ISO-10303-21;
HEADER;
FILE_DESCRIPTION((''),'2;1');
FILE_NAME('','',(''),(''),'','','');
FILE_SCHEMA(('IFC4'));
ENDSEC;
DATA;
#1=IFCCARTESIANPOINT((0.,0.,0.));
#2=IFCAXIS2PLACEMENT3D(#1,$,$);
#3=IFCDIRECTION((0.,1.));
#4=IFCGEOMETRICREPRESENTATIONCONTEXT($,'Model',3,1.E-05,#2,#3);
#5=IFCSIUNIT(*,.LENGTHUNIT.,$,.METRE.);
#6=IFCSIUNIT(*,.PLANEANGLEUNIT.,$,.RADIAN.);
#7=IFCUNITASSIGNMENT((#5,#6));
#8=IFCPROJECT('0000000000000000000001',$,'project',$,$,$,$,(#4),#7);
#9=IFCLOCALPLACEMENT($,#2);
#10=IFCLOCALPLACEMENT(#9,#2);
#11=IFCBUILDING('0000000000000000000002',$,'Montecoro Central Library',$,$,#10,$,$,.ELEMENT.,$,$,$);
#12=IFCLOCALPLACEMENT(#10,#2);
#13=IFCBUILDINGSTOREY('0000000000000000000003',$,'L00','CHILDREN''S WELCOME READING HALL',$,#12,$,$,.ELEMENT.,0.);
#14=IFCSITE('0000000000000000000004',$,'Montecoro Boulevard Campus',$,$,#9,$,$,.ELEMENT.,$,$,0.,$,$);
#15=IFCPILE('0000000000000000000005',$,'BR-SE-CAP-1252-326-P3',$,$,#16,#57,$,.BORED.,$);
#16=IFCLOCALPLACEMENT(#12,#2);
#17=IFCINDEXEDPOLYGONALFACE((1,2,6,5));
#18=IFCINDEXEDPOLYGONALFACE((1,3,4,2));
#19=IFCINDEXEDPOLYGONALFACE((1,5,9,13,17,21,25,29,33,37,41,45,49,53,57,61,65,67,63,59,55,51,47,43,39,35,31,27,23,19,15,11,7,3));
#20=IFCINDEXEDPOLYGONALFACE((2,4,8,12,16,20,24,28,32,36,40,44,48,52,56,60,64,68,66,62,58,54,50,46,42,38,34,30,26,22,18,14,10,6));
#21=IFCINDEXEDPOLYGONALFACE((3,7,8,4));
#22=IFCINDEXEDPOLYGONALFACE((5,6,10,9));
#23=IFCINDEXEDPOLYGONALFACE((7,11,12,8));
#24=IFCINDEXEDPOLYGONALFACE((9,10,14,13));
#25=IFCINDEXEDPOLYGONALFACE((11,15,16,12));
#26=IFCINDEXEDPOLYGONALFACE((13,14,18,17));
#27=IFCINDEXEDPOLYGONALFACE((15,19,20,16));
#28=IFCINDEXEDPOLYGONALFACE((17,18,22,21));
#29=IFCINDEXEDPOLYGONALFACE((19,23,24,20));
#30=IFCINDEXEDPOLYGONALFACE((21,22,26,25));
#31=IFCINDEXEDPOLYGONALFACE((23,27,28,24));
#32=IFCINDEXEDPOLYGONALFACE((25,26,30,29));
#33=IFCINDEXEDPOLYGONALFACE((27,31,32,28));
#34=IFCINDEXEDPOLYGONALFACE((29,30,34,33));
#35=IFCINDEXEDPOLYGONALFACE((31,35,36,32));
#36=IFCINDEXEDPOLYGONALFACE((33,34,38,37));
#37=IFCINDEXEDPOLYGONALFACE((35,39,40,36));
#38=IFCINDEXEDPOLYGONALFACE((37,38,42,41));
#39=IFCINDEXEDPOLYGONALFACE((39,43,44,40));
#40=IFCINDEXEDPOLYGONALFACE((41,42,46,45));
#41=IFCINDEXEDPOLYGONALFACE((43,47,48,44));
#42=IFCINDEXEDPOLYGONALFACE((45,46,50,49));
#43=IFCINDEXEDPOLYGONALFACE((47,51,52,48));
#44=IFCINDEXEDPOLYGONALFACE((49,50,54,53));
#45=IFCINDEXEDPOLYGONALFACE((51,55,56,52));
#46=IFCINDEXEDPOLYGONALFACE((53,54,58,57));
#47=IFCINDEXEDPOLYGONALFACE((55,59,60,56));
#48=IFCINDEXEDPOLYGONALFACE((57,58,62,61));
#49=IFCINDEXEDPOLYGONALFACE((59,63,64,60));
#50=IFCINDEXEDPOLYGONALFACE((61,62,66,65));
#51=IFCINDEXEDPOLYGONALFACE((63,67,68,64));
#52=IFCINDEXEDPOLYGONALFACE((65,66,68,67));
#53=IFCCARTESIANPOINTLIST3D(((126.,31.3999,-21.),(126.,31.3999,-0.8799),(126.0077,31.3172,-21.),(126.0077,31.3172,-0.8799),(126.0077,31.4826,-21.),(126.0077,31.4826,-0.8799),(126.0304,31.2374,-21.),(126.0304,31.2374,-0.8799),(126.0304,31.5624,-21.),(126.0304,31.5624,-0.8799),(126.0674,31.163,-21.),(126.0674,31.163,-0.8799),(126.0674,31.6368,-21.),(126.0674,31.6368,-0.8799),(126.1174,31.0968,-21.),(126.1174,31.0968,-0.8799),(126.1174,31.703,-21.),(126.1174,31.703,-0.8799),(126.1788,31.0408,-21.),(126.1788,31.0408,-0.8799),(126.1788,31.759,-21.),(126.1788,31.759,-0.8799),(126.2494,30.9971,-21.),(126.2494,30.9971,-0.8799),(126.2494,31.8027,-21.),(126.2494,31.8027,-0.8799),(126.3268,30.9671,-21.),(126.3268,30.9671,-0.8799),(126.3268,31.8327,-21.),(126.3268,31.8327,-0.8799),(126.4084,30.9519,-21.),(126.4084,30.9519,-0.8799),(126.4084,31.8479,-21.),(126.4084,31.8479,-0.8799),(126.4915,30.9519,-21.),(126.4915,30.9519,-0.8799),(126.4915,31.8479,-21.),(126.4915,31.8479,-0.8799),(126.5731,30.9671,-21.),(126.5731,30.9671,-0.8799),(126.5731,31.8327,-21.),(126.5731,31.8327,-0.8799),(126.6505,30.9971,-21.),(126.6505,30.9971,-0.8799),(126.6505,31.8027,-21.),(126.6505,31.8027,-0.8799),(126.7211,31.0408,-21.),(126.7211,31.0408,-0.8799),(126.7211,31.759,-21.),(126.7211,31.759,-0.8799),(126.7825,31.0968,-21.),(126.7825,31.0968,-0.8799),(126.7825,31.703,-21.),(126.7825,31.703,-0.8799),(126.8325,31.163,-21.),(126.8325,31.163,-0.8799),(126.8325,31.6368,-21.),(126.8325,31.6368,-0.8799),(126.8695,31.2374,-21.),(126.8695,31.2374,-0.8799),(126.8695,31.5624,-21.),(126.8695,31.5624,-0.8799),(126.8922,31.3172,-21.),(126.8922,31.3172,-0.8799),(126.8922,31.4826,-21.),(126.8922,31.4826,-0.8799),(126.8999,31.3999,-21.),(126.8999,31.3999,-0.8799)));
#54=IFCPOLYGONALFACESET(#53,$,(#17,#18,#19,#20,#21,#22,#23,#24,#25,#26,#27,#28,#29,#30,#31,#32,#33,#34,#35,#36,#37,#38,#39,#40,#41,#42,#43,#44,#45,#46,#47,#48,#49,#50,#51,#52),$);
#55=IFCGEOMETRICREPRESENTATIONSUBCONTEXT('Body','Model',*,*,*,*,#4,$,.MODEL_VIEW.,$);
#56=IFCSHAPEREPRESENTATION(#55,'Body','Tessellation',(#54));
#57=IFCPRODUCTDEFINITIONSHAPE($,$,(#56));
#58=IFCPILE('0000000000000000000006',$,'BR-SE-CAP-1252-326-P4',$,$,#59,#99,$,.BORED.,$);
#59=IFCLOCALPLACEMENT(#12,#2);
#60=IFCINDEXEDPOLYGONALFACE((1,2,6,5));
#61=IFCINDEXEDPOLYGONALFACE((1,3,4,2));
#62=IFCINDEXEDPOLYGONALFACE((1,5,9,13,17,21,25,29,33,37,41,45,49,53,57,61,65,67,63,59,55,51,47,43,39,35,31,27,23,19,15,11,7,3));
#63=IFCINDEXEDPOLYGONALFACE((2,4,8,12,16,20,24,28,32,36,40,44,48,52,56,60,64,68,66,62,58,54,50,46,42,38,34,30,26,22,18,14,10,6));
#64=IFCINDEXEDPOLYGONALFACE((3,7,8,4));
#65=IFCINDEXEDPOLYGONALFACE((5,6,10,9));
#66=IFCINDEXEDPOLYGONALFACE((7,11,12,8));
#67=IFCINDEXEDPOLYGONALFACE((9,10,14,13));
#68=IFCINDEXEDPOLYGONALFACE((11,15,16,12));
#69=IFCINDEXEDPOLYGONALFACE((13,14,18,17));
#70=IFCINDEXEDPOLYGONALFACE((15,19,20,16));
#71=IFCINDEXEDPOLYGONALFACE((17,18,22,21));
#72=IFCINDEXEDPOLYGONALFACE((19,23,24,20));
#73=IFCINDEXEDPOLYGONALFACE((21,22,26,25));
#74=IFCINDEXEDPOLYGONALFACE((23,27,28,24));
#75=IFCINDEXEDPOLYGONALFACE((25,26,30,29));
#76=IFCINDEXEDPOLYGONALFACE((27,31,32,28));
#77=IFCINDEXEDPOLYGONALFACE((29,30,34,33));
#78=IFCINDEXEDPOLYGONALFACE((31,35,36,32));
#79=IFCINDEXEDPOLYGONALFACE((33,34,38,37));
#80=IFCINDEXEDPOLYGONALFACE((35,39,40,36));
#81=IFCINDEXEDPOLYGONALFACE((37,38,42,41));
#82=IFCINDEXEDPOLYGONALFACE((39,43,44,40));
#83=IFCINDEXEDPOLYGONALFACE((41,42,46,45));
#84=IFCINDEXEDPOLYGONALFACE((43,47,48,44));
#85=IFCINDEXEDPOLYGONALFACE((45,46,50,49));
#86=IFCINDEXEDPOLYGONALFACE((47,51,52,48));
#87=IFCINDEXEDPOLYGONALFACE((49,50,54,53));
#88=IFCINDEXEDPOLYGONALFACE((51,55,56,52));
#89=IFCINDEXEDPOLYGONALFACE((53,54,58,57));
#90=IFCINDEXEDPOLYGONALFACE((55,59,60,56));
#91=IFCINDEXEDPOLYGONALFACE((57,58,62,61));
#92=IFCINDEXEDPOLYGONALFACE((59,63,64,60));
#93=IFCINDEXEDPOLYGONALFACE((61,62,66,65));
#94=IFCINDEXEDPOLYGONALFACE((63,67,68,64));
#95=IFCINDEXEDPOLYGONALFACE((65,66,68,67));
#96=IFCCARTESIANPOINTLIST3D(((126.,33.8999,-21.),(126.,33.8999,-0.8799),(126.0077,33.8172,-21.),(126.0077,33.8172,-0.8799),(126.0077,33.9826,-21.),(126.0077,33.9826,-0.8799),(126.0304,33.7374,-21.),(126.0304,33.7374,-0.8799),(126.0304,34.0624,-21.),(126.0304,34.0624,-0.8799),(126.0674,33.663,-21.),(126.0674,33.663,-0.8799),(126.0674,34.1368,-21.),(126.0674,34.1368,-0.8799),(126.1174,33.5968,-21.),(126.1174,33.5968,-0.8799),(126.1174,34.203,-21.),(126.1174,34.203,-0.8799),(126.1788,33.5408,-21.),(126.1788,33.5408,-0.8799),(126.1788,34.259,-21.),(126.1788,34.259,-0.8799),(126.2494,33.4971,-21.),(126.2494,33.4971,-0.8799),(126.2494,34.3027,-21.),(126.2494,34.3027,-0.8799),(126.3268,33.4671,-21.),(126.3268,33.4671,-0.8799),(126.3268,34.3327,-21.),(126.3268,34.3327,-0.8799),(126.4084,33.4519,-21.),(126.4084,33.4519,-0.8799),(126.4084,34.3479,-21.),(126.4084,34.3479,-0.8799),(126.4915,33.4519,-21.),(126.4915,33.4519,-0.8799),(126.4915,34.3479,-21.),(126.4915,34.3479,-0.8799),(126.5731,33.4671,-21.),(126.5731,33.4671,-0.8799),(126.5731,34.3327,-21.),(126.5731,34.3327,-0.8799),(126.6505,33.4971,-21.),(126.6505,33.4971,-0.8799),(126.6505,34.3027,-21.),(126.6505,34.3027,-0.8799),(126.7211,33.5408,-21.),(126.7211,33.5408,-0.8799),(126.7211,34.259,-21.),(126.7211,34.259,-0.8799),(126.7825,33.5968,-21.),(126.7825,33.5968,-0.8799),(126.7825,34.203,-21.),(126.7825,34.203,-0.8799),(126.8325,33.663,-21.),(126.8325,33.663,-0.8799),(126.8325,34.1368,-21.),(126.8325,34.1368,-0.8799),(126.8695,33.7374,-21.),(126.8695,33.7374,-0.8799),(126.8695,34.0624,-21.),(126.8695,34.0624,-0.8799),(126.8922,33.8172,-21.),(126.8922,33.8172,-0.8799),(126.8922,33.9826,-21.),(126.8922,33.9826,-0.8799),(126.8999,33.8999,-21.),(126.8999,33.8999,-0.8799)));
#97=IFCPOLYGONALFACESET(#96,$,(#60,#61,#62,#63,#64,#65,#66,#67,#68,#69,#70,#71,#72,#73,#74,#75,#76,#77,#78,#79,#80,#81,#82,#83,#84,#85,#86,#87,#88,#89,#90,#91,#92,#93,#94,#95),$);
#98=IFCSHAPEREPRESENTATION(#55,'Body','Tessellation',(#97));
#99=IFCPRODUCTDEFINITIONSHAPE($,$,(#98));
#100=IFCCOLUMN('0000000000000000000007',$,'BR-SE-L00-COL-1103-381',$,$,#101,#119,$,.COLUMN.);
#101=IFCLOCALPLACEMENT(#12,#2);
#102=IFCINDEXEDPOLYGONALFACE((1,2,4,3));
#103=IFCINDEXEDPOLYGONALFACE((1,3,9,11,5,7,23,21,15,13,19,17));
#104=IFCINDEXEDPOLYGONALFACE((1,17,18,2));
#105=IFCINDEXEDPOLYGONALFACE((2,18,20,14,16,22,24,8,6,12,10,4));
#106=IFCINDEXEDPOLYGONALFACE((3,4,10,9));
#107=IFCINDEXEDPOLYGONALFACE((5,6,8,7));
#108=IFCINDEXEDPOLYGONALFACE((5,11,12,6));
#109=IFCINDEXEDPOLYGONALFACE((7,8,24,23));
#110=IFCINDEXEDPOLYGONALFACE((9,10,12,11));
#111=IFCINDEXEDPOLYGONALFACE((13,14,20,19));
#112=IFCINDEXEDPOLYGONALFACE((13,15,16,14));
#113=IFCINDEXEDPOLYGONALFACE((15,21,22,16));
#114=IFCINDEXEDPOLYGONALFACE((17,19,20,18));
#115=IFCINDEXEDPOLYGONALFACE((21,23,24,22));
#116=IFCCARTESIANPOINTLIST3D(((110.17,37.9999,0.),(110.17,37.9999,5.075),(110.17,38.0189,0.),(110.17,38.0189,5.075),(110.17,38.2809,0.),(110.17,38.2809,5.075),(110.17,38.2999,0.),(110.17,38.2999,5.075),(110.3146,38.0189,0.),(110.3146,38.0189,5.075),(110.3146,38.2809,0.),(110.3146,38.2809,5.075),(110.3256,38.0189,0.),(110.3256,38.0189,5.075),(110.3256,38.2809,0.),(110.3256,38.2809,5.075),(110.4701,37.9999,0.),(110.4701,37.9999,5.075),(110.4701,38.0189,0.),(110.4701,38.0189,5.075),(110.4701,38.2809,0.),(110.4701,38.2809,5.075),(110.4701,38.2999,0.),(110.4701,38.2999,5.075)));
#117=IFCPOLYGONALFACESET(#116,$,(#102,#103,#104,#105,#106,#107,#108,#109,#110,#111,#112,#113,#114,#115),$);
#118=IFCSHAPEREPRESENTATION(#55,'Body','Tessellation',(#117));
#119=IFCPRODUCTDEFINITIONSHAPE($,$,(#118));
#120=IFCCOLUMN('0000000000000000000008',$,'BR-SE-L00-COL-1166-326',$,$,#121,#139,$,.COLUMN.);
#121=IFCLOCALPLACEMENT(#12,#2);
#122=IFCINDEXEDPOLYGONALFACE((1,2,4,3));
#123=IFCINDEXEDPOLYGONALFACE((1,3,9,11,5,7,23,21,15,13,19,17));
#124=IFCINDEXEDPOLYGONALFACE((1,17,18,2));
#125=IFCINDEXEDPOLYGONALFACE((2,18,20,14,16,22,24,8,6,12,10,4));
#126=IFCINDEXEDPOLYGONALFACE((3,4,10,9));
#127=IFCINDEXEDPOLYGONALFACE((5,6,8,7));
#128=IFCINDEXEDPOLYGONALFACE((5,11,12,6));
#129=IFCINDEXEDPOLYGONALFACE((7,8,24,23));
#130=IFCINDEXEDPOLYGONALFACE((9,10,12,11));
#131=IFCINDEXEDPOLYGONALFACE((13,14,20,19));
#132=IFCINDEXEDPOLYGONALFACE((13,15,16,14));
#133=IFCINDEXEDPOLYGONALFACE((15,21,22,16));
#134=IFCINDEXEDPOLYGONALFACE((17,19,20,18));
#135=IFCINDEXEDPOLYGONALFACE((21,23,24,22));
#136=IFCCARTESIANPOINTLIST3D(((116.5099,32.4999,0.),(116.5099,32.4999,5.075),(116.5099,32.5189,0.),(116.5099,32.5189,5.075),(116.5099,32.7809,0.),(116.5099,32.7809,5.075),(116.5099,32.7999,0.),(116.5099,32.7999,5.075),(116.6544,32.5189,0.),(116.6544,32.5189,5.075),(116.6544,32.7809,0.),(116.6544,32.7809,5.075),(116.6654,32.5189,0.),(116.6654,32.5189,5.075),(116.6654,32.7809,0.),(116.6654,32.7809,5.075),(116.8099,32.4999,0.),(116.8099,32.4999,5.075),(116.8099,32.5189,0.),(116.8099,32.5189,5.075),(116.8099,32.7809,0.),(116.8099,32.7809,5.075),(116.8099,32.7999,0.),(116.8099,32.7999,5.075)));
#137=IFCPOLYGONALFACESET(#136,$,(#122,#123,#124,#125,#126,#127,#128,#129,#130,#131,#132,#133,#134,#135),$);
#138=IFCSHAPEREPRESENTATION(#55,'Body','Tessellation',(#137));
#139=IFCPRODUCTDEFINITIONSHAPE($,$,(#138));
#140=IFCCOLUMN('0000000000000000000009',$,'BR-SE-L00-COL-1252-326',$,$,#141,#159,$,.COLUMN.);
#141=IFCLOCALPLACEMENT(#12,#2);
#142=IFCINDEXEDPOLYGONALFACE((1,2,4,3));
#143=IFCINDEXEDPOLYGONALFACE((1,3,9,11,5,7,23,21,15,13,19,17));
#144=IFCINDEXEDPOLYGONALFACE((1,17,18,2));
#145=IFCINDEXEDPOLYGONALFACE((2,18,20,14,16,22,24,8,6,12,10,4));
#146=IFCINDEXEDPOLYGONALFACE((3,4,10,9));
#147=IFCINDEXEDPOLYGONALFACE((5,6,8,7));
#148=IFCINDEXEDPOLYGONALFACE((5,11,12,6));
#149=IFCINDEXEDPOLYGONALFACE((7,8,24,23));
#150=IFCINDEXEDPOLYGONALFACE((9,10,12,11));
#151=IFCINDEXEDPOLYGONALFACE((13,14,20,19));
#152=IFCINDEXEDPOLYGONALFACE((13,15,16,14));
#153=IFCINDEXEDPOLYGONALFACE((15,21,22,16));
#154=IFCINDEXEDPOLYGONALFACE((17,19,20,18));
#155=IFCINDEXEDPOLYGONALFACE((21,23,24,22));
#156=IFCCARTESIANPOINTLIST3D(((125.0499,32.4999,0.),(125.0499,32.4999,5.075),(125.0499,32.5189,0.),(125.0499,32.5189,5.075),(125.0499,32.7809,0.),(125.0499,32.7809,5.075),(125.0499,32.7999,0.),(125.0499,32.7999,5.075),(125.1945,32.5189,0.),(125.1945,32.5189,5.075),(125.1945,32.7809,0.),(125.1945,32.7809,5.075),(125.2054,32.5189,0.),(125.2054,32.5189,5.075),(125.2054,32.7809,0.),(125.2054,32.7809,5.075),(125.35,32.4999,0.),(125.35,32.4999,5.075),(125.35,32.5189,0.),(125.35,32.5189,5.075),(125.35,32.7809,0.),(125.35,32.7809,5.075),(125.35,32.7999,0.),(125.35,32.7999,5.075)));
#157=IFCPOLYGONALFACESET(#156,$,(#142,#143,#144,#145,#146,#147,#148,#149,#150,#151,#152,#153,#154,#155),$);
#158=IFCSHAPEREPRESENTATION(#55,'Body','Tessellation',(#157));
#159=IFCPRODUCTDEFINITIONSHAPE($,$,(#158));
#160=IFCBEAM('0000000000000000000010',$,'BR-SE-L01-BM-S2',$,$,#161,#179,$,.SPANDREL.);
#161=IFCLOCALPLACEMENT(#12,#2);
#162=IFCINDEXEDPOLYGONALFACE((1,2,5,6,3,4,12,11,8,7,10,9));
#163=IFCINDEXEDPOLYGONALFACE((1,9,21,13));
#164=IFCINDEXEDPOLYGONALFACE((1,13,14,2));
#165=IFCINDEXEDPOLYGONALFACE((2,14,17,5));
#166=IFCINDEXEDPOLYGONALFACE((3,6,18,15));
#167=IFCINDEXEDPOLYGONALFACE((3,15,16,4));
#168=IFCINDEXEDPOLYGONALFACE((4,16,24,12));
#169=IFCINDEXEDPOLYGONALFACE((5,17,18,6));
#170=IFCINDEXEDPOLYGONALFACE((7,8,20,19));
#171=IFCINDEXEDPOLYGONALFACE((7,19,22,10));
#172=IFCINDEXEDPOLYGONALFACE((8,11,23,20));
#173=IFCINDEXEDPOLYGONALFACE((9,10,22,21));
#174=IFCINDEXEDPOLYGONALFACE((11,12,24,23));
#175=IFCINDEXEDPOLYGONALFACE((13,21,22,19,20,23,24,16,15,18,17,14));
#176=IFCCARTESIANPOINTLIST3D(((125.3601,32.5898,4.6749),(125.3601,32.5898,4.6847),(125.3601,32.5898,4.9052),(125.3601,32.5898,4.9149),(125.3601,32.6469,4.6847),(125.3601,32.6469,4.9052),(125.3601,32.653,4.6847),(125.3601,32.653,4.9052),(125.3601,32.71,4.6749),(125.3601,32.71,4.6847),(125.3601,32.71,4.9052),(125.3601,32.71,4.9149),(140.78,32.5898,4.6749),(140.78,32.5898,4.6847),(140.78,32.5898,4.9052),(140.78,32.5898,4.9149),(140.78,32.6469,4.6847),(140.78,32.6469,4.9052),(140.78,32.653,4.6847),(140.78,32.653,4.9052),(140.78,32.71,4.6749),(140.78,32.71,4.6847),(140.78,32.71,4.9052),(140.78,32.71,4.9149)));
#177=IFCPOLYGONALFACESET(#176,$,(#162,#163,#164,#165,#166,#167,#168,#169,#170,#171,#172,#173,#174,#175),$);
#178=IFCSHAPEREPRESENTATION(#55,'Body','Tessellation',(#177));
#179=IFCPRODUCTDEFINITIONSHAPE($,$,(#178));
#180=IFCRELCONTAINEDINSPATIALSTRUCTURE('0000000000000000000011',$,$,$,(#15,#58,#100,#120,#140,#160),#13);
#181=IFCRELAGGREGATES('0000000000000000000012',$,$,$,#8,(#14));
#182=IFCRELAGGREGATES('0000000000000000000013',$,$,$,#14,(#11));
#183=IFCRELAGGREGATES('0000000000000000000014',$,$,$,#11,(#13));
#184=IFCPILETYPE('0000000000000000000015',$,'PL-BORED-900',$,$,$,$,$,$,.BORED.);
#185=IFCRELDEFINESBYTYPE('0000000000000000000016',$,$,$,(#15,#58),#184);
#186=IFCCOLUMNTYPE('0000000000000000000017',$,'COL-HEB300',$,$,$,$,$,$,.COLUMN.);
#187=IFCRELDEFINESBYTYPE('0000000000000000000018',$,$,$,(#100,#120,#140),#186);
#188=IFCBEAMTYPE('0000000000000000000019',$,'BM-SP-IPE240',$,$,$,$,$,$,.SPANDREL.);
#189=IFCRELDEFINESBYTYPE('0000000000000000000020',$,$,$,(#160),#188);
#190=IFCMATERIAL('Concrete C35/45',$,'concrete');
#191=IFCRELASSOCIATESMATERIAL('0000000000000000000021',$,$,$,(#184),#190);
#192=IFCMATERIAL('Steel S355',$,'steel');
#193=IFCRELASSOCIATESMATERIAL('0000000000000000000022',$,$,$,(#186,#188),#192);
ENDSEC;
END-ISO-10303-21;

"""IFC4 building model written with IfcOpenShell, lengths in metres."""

from ifc_helpers import new_model, si_unit, direction, frame, origin, origin_2d, place, context, subcontext, project, spatial, circle, i_section, extrude, material, material_profile, profile_set, type_object, element, save


model = new_model("IFC4")

# Units and contexts
model_context = context("Model", 3, precision=1e-05, world=origin(), true_north=direction((0.0, 1.0)))
body_context = subcontext(model_context, "Body", "Model", "MODEL_VIEW")
ifc_project = project(units=[si_unit("LENGTHUNIT", "METRE"), si_unit("PLANEANGLEUNIT", "RADIAN")], contexts=[model_context])

# Site, building, storey
site_placement = place(None, origin())
site = spatial("IfcSite", under=ifc_project, at=site_placement, Name="Montecoro Boulevard Campus", CompositionType="ELEMENT", RefElevation=0.0)
building_placement = place(site_placement, origin())
building = spatial("IfcBuilding", under=site, at=building_placement, Name="Montecoro Central Library", CompositionType="ELEMENT")
storey_placement = place(building_placement, origin())
storey = spatial("IfcBuildingStorey", under=building, at=storey_placement, Name="L00", Description="CHILDREN'S WELCOME READING HALL", CompositionType="ELEMENT", Elevation=0.0)

# Shared definitions
ifc_material_1 = material(Name="Concrete C35/45", Category="concrete")

# Piles
ifc_material_profile_1 = material_profile(ifc_material_1, circle(Radius=0.45, at=origin_2d()), Name="PILE D900")
ifc_profile_set_1 = profile_set([ifc_material_profile_1], Name="Concrete C35/45")
pile_type_1 = type_object("IfcPileType", Name="PL-BORED-900", PredefinedType="BORED", material=ifc_profile_set_1)
for number, where, z_axis, x_axis, name in (
    (1, (126.45, 31.3999, -0.8799), (0.0, 0.0, -1.0), (1.0, 0.0, 0.0), "BR-SE-CAP-1252-326-P3"),
    (2, (126.45, 33.8999, -0.8799), (0.0, 0.0, -1.0), (1.0, 0.0, 0.0), "BR-SE-CAP-1252-326-P4"),
):
    element("IfcPile", number, at=place(storey_placement, frame(where, z_axis=z_axis, x_axis=x_axis)), inside=storey, type_object=pile_type_1, Name=name, PredefinedType="BORED", context=body_context, shape_type="SweptSolid", body=[
        extrude(circle(Radius=0.45, at=origin_2d()), origin(), (0.0, 0.0, 1.0), 20.1201),
    ])

# Columns
ifc_material_2 = material(Name="Steel S355", Category="steel")
ifc_material_profile_2 = material_profile(ifc_material_2, i_section(OverallWidth=0.3, OverallDepth=0.3, WebThickness=0.011, FlangeThickness=0.019, at=origin_2d()), Name="HEB 300")
ifc_profile_set_2 = profile_set([ifc_material_profile_2], Name="Steel S355")
column_type = type_object("IfcColumnType", Name="COL-HEB300", PredefinedType="COLUMN", material=ifc_profile_set_2)
for number, where, z_axis, x_axis, name in (
    (3, (110.3201, 38.1499, 0.0), (0.0, 0.0, 1.0), (1.0, 0.0, 0.0), "BR-SE-L00-COL-1103-381"),
    (4, (116.6599, 32.6499, 0.0), (0.0, 0.0, 1.0), (1.0, 0.0, 0.0), "BR-SE-L00-COL-1166-326"),
    (5, (125.2, 32.6499, 0.0), (0.0, 0.0, 1.0), (1.0, 0.0, 0.0), "BR-SE-L00-COL-1252-326"),
):
    element("IfcColumn", number, at=place(storey_placement, frame(where, z_axis=z_axis, x_axis=x_axis)), inside=storey, type_object=column_type, Name=name, PredefinedType="COLUMN", context=body_context, shape_type="SweptSolid", body=[
        extrude(i_section(OverallWidth=0.3, OverallDepth=0.3, WebThickness=0.011, FlangeThickness=0.019, at=origin_2d()), origin(), (0.0, 0.0, 1.0), 5.075),
    ])

# Beam
ifc_material_profile_3 = material_profile(ifc_material_2, i_section(OverallWidth=0.1201, OverallDepth=0.24, WebThickness=0.0061, FlangeThickness=0.0098, at=origin_2d()), Name="IPE 240")
ifc_profile_set_3 = profile_set([ifc_material_profile_3], Name="Steel S355")
beam_type = type_object("IfcBeamType", Name="BM-SP-IPE240", PredefinedType="SPANDREL", material=ifc_profile_set_3)
beam_placement = place(storey_placement, frame((125.3601, 32.6499, 4.7949), z_axis=(1.0, 0.0, 0.0), x_axis=(0.0, 1.0, 0.0)))
element("IfcBeam", 6, at=beam_placement, inside=storey, type_object=beam_type, Name="BR-SE-L01-BM-S2", PredefinedType="SPANDREL", context=body_context, shape_type="SweptSolid", body=[
    extrude(i_section(OverallWidth=0.1201, OverallDepth=0.24, WebThickness=0.0061, FlangeThickness=0.0098, at=origin_2d()), origin(), (0.0, 0.0, 1.0), 15.4199),
])

save(model, "model.ifc")
